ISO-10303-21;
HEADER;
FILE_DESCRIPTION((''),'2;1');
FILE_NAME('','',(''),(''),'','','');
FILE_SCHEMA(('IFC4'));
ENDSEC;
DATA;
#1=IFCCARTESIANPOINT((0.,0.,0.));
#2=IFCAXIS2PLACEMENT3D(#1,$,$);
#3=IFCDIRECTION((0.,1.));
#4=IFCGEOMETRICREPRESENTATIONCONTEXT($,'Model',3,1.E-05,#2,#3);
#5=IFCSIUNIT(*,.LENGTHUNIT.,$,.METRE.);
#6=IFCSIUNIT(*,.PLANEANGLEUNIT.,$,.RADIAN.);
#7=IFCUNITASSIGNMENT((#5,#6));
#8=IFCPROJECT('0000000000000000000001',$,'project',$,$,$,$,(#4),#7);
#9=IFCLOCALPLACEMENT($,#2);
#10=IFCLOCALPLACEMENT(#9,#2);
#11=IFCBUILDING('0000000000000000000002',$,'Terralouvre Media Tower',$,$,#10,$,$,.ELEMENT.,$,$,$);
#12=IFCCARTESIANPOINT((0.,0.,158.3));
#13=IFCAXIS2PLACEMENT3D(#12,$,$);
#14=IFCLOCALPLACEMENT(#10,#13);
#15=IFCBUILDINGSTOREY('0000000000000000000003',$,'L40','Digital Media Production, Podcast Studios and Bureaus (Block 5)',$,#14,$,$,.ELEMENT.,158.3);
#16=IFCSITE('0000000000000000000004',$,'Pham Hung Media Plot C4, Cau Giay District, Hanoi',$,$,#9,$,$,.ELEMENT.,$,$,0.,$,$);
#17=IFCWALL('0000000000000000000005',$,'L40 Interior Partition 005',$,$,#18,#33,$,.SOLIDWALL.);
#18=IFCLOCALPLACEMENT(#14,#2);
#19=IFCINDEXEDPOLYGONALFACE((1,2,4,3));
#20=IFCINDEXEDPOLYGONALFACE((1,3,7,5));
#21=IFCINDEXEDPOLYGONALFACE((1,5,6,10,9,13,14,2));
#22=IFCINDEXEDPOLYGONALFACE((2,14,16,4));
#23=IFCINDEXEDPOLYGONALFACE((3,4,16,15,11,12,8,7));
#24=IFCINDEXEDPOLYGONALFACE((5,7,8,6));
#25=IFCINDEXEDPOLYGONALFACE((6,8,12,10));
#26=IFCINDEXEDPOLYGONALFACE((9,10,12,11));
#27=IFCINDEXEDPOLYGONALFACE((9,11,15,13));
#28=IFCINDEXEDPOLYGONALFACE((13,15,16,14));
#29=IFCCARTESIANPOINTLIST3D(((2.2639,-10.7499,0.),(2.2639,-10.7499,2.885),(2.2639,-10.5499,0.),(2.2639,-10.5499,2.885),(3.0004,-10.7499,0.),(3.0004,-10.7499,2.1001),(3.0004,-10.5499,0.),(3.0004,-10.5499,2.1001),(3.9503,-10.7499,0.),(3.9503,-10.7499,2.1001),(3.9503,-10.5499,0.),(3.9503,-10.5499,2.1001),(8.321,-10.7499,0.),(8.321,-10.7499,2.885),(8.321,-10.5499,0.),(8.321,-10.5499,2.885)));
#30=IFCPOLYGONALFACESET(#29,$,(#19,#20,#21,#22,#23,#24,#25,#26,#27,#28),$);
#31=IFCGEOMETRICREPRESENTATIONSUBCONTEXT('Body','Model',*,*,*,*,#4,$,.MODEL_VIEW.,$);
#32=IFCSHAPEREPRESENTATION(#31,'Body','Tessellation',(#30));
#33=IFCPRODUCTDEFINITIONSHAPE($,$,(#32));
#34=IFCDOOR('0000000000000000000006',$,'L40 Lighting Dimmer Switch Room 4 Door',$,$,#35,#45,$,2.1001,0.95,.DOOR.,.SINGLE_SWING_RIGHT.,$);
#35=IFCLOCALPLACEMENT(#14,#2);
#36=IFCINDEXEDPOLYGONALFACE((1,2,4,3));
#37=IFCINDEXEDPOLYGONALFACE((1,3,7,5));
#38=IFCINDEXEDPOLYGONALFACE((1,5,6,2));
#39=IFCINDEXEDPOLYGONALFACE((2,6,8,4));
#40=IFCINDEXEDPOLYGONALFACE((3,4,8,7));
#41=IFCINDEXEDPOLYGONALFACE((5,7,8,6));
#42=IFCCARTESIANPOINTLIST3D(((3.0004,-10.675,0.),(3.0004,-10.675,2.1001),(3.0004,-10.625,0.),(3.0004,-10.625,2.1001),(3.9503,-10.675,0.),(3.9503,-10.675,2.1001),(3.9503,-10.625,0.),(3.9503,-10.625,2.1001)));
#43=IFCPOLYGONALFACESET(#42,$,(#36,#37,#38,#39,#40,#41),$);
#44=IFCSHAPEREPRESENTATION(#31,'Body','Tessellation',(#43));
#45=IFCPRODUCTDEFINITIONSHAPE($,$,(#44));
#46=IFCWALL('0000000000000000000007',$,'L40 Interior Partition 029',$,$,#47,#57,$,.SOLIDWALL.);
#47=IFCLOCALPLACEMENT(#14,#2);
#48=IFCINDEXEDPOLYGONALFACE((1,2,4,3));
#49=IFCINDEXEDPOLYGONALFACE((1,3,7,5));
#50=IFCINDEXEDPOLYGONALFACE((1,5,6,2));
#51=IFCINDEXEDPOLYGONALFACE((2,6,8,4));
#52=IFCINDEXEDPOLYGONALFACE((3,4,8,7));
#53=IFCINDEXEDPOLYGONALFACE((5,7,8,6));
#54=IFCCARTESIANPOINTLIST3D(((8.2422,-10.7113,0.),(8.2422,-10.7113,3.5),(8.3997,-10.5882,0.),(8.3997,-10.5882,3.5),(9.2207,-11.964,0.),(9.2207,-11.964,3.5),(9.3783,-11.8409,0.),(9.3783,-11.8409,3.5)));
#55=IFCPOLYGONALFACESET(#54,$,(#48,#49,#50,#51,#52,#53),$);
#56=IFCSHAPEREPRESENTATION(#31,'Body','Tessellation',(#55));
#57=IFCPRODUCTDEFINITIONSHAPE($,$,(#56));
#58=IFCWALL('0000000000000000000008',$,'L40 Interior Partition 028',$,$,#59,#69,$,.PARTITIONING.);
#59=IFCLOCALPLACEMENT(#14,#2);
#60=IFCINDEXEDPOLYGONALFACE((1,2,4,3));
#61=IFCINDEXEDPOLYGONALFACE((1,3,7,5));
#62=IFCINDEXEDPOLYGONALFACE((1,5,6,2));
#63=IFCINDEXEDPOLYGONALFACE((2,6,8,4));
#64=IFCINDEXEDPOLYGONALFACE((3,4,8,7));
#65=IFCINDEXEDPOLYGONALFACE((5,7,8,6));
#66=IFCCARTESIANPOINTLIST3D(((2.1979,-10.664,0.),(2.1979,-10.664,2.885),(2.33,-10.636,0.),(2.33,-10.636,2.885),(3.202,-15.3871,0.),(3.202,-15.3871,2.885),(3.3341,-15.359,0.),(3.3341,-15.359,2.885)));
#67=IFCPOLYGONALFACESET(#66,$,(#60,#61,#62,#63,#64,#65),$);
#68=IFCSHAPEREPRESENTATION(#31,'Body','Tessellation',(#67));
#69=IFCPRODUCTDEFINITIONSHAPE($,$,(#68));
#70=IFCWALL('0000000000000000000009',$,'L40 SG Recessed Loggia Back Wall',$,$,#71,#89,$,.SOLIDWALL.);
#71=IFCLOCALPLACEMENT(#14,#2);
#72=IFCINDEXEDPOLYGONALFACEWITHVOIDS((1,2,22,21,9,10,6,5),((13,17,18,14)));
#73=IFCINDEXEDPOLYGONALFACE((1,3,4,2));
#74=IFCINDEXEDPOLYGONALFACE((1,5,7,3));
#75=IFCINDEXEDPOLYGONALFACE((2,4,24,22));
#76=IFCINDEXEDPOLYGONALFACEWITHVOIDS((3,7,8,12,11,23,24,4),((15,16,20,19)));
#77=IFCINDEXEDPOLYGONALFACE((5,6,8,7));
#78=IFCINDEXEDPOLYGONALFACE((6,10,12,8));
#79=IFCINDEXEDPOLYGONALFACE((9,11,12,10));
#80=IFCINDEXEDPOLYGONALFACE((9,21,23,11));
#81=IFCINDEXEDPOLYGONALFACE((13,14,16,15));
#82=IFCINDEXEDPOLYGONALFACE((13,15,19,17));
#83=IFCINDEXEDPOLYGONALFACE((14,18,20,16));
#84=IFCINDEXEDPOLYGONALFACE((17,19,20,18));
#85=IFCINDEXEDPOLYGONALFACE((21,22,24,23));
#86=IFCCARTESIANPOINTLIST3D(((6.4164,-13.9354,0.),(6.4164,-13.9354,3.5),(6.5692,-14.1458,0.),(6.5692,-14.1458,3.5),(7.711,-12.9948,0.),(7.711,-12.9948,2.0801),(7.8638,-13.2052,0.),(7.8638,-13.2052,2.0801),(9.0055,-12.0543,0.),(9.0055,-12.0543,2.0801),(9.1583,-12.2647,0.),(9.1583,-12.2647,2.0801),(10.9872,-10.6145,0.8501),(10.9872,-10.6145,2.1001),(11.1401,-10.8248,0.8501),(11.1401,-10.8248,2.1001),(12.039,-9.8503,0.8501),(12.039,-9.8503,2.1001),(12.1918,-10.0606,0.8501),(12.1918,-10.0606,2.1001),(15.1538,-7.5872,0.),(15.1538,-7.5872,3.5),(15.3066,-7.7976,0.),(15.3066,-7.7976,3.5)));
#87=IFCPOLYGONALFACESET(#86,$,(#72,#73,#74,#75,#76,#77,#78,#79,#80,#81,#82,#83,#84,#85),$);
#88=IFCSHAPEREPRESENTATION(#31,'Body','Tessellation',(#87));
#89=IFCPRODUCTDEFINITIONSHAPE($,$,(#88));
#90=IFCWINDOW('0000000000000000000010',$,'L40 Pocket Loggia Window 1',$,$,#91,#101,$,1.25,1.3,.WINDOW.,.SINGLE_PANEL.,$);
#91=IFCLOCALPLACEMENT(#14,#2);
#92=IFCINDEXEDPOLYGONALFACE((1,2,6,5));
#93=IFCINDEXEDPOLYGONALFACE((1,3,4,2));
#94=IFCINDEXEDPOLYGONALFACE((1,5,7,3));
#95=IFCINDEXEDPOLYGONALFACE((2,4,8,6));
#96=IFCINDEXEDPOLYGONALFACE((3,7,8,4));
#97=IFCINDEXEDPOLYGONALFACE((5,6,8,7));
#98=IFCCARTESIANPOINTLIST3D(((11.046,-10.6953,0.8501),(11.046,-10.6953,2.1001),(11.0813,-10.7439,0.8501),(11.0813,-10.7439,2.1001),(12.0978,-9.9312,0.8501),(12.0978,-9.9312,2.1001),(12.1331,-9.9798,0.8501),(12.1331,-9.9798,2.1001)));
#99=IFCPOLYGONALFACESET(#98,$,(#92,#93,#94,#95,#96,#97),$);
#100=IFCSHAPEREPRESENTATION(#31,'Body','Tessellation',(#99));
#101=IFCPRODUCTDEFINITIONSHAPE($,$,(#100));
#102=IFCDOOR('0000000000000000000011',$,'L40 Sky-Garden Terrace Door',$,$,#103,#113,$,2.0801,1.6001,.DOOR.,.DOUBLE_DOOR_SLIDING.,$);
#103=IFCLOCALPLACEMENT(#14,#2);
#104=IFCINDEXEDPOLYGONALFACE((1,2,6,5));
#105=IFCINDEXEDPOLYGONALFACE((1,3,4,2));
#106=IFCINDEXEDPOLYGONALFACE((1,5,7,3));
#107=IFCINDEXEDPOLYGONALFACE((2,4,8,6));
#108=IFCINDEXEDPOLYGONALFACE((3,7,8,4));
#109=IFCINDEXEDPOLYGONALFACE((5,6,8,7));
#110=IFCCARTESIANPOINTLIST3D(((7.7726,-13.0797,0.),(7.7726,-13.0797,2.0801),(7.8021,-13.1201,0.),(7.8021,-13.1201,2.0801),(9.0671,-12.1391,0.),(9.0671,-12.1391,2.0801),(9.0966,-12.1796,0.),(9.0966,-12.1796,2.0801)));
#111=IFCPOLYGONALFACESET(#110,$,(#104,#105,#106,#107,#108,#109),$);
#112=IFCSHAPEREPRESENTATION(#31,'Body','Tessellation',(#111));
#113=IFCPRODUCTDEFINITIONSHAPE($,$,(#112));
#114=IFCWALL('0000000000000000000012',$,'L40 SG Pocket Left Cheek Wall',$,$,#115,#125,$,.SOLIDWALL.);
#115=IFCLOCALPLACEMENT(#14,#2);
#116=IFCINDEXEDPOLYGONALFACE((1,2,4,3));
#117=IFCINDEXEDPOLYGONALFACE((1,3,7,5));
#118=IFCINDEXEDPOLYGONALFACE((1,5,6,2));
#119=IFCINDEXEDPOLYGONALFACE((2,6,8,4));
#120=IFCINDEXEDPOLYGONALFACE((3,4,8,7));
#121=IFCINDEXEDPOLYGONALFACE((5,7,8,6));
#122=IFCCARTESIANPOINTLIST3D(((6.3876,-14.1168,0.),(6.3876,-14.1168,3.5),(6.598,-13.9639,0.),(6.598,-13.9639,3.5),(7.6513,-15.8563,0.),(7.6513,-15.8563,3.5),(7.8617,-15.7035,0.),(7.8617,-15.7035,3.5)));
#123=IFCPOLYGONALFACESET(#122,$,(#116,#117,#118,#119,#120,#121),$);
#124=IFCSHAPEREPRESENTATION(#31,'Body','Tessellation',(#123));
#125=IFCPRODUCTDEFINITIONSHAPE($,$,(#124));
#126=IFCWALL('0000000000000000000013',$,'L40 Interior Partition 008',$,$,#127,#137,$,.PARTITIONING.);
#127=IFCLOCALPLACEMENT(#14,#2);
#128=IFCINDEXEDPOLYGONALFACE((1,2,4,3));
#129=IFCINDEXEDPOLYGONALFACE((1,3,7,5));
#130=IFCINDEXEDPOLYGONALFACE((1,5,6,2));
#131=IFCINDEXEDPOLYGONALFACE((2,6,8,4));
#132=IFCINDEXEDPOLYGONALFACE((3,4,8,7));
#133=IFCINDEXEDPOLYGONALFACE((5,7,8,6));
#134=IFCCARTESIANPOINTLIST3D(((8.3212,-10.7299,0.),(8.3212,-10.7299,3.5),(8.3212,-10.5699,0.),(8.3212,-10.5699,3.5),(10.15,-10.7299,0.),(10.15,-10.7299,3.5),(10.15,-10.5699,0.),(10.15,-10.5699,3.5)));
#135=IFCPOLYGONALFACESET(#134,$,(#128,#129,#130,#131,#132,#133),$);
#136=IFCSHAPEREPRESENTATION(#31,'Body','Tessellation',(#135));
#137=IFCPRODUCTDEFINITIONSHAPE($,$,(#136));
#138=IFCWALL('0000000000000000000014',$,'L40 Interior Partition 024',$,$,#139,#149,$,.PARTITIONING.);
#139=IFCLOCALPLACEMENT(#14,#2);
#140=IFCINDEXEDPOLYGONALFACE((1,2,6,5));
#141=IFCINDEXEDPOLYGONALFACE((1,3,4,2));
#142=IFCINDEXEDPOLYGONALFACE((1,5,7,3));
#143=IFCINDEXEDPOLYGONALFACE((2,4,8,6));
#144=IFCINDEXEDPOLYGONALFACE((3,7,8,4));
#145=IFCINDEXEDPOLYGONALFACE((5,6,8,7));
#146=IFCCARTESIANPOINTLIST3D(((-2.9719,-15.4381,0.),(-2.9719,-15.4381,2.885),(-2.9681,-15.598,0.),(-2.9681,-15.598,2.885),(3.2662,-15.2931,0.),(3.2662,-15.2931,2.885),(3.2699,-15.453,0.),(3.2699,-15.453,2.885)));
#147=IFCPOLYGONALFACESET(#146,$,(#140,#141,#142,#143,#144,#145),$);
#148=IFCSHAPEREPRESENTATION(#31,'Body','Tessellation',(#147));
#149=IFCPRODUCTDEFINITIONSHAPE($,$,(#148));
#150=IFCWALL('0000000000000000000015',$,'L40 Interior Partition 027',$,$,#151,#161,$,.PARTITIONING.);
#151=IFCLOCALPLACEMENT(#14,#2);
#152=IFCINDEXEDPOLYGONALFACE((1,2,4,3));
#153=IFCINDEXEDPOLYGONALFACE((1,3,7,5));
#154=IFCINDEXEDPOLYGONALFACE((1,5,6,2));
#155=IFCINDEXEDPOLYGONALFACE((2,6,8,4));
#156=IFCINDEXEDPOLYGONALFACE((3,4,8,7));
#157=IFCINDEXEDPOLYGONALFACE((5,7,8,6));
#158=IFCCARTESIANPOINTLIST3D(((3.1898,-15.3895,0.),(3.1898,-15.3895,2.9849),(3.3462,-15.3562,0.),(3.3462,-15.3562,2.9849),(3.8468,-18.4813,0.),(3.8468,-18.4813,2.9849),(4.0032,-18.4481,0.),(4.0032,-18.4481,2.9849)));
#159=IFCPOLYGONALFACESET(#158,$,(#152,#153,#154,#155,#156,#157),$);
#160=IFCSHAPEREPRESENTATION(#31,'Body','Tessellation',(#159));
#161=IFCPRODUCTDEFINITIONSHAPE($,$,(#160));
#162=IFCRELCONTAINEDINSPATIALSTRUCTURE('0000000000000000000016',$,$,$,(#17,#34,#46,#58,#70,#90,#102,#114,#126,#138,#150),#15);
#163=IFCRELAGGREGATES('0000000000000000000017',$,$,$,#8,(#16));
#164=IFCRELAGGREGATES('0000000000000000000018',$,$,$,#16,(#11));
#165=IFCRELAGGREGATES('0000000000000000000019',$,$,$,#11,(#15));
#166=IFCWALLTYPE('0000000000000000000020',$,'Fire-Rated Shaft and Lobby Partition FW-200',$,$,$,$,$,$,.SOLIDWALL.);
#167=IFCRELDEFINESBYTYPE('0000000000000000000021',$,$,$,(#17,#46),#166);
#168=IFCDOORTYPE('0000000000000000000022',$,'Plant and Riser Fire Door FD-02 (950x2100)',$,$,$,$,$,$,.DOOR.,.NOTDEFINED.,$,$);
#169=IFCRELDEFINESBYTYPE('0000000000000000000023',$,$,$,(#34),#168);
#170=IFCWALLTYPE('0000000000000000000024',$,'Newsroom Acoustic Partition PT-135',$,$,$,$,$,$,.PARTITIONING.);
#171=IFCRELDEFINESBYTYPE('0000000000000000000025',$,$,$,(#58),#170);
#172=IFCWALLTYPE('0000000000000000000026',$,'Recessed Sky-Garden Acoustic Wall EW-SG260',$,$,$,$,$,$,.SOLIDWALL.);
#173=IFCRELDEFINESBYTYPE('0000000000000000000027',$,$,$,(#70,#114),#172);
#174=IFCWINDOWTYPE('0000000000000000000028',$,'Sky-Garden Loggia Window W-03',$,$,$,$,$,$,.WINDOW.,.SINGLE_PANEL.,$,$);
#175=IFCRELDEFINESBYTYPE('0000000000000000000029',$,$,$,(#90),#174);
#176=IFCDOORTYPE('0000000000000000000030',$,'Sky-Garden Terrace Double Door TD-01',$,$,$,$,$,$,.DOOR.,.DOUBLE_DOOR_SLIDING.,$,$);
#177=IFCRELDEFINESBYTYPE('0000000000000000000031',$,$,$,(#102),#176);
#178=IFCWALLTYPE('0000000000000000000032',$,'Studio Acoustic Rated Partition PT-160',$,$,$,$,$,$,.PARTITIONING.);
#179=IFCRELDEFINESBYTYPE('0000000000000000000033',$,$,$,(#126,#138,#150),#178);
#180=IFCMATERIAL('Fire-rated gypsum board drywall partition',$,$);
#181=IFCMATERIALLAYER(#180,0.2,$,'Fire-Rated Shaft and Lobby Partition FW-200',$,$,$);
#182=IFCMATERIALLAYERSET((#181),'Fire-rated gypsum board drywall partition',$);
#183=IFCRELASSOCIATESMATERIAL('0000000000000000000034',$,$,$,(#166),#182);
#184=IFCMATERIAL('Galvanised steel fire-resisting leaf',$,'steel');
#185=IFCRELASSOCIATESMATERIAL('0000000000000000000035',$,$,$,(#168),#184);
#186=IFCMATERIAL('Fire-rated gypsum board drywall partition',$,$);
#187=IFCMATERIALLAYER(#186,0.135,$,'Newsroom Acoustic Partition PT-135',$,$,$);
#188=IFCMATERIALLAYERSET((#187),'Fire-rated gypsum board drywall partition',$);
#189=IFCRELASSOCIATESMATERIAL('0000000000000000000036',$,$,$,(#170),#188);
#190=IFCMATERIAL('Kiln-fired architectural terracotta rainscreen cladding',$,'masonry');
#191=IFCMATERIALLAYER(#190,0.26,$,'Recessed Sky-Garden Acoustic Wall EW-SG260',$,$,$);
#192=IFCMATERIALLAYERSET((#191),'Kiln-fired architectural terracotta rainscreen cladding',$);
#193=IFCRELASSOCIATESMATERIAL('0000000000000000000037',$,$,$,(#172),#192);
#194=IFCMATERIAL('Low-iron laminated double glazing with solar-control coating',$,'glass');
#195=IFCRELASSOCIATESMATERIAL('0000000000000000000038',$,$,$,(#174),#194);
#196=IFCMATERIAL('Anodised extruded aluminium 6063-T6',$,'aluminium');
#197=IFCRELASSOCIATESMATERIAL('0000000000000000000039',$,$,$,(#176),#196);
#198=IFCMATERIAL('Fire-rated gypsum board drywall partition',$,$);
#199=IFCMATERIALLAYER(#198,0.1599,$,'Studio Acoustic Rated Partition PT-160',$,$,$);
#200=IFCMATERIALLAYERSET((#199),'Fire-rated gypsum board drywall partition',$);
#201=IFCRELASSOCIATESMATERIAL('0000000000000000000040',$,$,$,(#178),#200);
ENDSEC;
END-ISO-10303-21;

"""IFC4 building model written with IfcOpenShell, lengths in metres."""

from ifc_helpers import new_model, si_unit, direction, frame, frame_2d, origin, place, context, subcontext, project, spatial, rectangle, extrude, material, layer, layer_set, type_object, element, fill, save


model = new_model("IFC4")

# Units and contexts
model_context = context("Model", 3, precision=1e-05, world=origin(), true_north=direction((0.0, 1.0)))
body_context = subcontext(model_context, "Body", "Model", "MODEL_VIEW")
ifc_project = project(units=[si_unit("LENGTHUNIT", "METRE"), si_unit("PLANEANGLEUNIT", "RADIAN")], contexts=[model_context])

# Site, building, storey
site_placement = place(None, origin())
site = spatial("IfcSite", under=ifc_project, at=site_placement, Name="Pham Hung Media Plot C4, Cau Giay District, Hanoi", CompositionType="ELEMENT", RefElevation=0.0)
building_placement = place(site_placement, origin())
building = spatial("IfcBuilding", under=site, at=building_placement, Name="Terralouvre Media Tower", CompositionType="ELEMENT")
storey_placement = place(building_placement, frame((0.0, 0.0, 158.3)))
storey = spatial("IfcBuildingStorey", under=building, at=storey_placement, Name="L40", Description="Digital Media Production, Podcast Studios and Bureaus (Block 5)", CompositionType="ELEMENT", Elevation=158.3)

# Wall, opening, door
ifc_material_1 = material(Name="Fire-rated gypsum board drywall partition")
ifc_layer_1 = layer(ifc_material_1, 0.2, Name="Fire-Rated Shaft and Lobby Partition FW-200")
ifc_layer_set_1 = layer_set([ifc_layer_1], Name="Fire-rated gypsum board drywall partition")
wall_type_1 = type_object("IfcWallType", Name="Fire-Rated Shaft and Lobby Partition FW-200", PredefinedType="SOLIDWALL", material=ifc_layer_set_1)
wall_1_placement = place(storey_placement, frame((2.2639, -10.6499, 0.0), z_axis=(0.0, 0.0, 1.0), x_axis=(1.0, 0.0, 0.0)))
wall_1 = element("IfcWall", 1, at=wall_1_placement, inside=storey, type_object=wall_type_1, Name="L40 Interior Partition 005", PredefinedType="SOLIDWALL", context=body_context, shape_type="SweptSolid", body=[
    extrude(rectangle(XDim=6.0571, YDim=0.2, at=frame_2d((3.0286, 0.0))), origin(), (0.0, 0.0, 1.0), 2.885),
])
opening_1_placement = place(wall_1_placement, frame((0.7363, 0.0, 0.0)))
opening_1 = element("IfcOpeningElement", 2, at=opening_1_placement, cuts=wall_1, PredefinedType="OPENING", context=body_context, shape_type="SweptSolid", body=[
    extrude(rectangle(XDim=0.95, YDim=2.1001, at=frame_2d((0.4751, 1.05))), frame((0.0, 0.1099, 0.0), z_axis=(0.0, -1.0, 0.0), x_axis=(1.0, 0.0, 0.0)), (0.0, 0.0, 1.0), 0.22),
])
ifc_material_2 = material(Name="Galvanised steel fire-resisting leaf", Category="steel")
door_type_1 = type_object("IfcDoorType", Name="Plant and Riser Fire Door FD-02 (950x2100)", OperationType="NOTDEFINED", PredefinedType="DOOR", material=ifc_material_2)
door_1_placement = place(opening_1_placement, origin())
door_1 = element("IfcDoor", 3, at=door_1_placement, inside=storey, type_object=door_type_1, Name="L40 Lighting Dimmer Switch Room 4 Door", OperationType="SINGLE_SWING_RIGHT", OverallHeight=2.1001, OverallWidth=0.95, PredefinedType="DOOR", context=body_context, shape_type="SweptSolid", body=[
    extrude(rectangle(XDim=0.95, YDim=2.1001, at=frame_2d((0.4751, 1.05))), frame((0.0, 0.0249, 0.0), z_axis=(0.0, -1.0, 0.0), x_axis=(1.0, 0.0, 0.0)), (0.0, 0.0, 1.0), 0.05),
])
fill(opening_1, door_1)

# Walls
wall_2_placement = place(storey_placement, frame((9.2996, -11.9026, 0.0), z_axis=(0.0, 0.0, 1.0), x_axis=(-0.615587, 0.788069, 0.0)))
element("IfcWall", 4, at=wall_2_placement, inside=storey, type_object=wall_type_1, Name="L40 Interior Partition 029", PredefinedType="SOLIDWALL", context=body_context, shape_type="SweptSolid", body=[
    extrude(rectangle(XDim=1.5896, YDim=0.2, at=frame_2d((0.7949, 0.0))), origin(), (0.0, 0.0, 1.0), 3.5),
])
ifc_material_3 = material(Name="Fire-rated gypsum board drywall partition")
ifc_layer_2 = layer(ifc_material_3, 0.135, Name="Newsroom Acoustic Partition PT-135")
ifc_layer_set_2 = layer_set([ifc_layer_2], Name="Fire-rated gypsum board drywall partition")
wall_type_2 = type_object("IfcWallType", Name="Newsroom Acoustic Partition PT-135", PredefinedType="PARTITIONING", material=ifc_layer_set_2)
wall_3_placement = place(storey_placement, frame((3.2681, -15.373, 0.0), z_axis=(0.0, 0.0, 1.0), x_axis=(-0.207954, 0.978139, 0.0)))
element("IfcWall", 5, at=wall_3_placement, inside=storey, type_object=wall_type_2, Name="L40 Interior Partition 028", PredefinedType="PARTITIONING", context=body_context, shape_type="SweptSolid", body=[
    extrude(rectangle(XDim=4.8286, YDim=0.135, at=frame_2d((2.4143, 0.0))), origin(), (0.0, 0.0, 1.0), 2.885),
])

# Wall, openings, window, door
ifc_material_4 = material(Name="Kiln-fired architectural terracotta rainscreen cladding", Category="masonry")
ifc_layer_3 = layer(ifc_material_4, 0.26, Name="Recessed Sky-Garden Acoustic Wall EW-SG260")
ifc_layer_set_3 = layer_set([ifc_layer_3], Name="Kiln-fired architectural terracotta rainscreen cladding")
wall_type_3 = type_object("IfcWallType", Name="Recessed Sky-Garden Acoustic Wall EW-SG260", PredefinedType="SOLIDWALL", material=ifc_layer_set_3)
wall_4_placement = place(storey_placement, frame((6.4929, -14.0405, 0.0), z_axis=(0.0, 0.0, 1.0), x_axis=(0.809012, 0.587793, 0.0)))
wall_4 = element("IfcWall", 6, at=wall_4_placement, inside=storey, type_object=wall_type_3, Name="L40 SG Recessed Loggia Back Wall", PredefinedType="SOLIDWALL", context=body_context, shape_type="SweptSolid", body=[
    extrude(rectangle(XDim=10.8, YDim=0.26, at=frame_2d((5.3999, 0.0))), origin(), (0.0, 0.0, 1.0), 3.5),
])
opening_2_placement = place(wall_4_placement, frame((1.6001, 0.0, 0.0)))
opening_2 = element("IfcOpeningElement", 7, at=opening_2_placement, cuts=wall_4, PredefinedType="OPENING", context=body_context, shape_type="SweptSolid", body=[
    extrude(rectangle(XDim=1.6001, YDim=2.0801, at=frame_2d((0.8, 1.04))), frame((0.0, 0.1399, 0.0), z_axis=(0.0, -1.0, 0.0), x_axis=(1.0, 0.0, 0.0)), (0.0, 0.0, 1.0), 0.28),
])
opening_3_placement = place(wall_4_placement, frame((5.6499, 0.0, 0.8501)))
opening_3 = element("IfcOpeningElement", 8, at=opening_3_placement, cuts=wall_4, PredefinedType="OPENING", context=body_context, shape_type="SweptSolid", body=[
    extrude(rectangle(XDim=1.3, YDim=1.25, at=frame_2d((0.6499, 0.625))), frame((0.0, 0.1399, 0.0), z_axis=(0.0, -1.0, 0.0), x_axis=(1.0, 0.0, 0.0)), (0.0, 0.0, 1.0), 0.28),
])
ifc_material_5 = material(Name="Low-iron laminated double glazing with solar-control coating", Category="glass")
window_type = type_object("IfcWindowType", Name="Sky-Garden Loggia Window W-03", PartitioningType="SINGLE_PANEL", PredefinedType="WINDOW", material=ifc_material_5)
window_placement = place(opening_3_placement, origin())
window = element("IfcWindow", 9, at=window_placement, inside=storey, type_object=window_type, Name="L40 Pocket Loggia Window 1", OverallHeight=1.25, OverallWidth=1.3, PartitioningType="SINGLE_PANEL", PredefinedType="WINDOW", context=body_context, shape_type="SweptSolid", body=[
    extrude(rectangle(XDim=1.3, YDim=1.25, at=frame_2d((0.6499, 0.625))), frame((0.0, 0.03, 0.0), z_axis=(0.0, -1.0, 0.0), x_axis=(1.0, 0.0, 0.0)), (0.0, 0.0, 1.0), 0.0601),
])
fill(opening_3, window)
ifc_material_6 = material(Name="Anodised extruded aluminium 6063-T6", Category="aluminium")
door_type_2 = type_object("IfcDoorType", Name="Sky-Garden Terrace Double Door TD-01", OperationType="DOUBLE_DOOR_SLIDING", PredefinedType="DOOR", material=ifc_material_6)
door_2_placement = place(opening_2_placement, frame((1.6001, 0.0, 0.0), z_axis=(0.0, 0.0, 1.0), x_axis=(-1.0, 0.0, 0.0)))
door_2 = element("IfcDoor", 10, at=door_2_placement, inside=storey, type_object=door_type_2, Name="L40 Sky-Garden Terrace Door", OperationType="DOUBLE_DOOR_SLIDING", OverallHeight=2.0801, OverallWidth=1.6001, PredefinedType="DOOR", context=body_context, shape_type="SweptSolid", body=[
    extrude(rectangle(XDim=1.6001, YDim=2.0801, at=frame_2d((0.8, 1.04))), frame((0.0, 0.0249, 0.0), z_axis=(0.0, -1.0, 0.0), x_axis=(1.0, 0.0, 0.0)), (0.0, 0.0, 1.0), 0.05),
])
fill(opening_2, door_2)

# Walls
wall_5_placement = place(storey_placement, frame((7.7566, -15.78, 0.0), z_axis=(0.0, 0.0, 1.0), x_axis=(-0.58774, 0.80905, 0.0)))
element("IfcWall", 11, at=wall_5_placement, inside=storey, type_object=wall_type_3, Name="L40 SG Pocket Left Cheek Wall", PredefinedType="SOLIDWALL", context=body_context, shape_type="SweptSolid", body=[
    extrude(rectangle(XDim=2.1501, YDim=0.26, at=frame_2d((1.0752, 0.0))), origin(), (0.0, 0.0, 1.0), 3.5),
])
ifc_material_7 = material(Name="Fire-rated gypsum board drywall partition")
ifc_layer_4 = layer(ifc_material_7, 0.1599, Name="Studio Acoustic Rated Partition PT-160")
ifc_layer_set_4 = layer_set([ifc_layer_4], Name="Fire-rated gypsum board drywall partition")
wall_type_4 = type_object("IfcWallType", Name="Studio Acoustic Rated Partition PT-160", PredefinedType="PARTITIONING", material=ifc_layer_set_4)
wall_6_placement = place(storey_placement, frame((8.321, -10.6499, 0.0), z_axis=(0.0, 0.0, 1.0), x_axis=(1.0, 0.0, 0.0)))
element("IfcWall", 12, at=wall_6_placement, inside=storey, type_object=wall_type_4, Name="L40 Interior Partition 008", PredefinedType="PARTITIONING", context=body_context, shape_type="SweptSolid", body=[
    extrude(rectangle(XDim=1.8289, YDim=0.1599, at=frame_2d((0.9146, 0.0))), origin(), (0.0, 0.0, 1.0), 3.5),
])
wall_7_placement = place(storey_placement, frame((3.2681, -15.373, 0.0), z_axis=(0.0, 0.0, 1.0), x_axis=(-0.99973, -0.023241, 0.0)))
element("IfcWall", 13, at=wall_7_placement, inside=storey, type_object=wall_type_4, Name="L40 Interior Partition 024", PredefinedType="PARTITIONING", context=body_context, shape_type="SweptSolid", body=[
    extrude(rectangle(XDim=6.2397, YDim=0.1599, at=frame_2d((3.1199, 0.0))), origin(), (0.0, 0.0, 1.0), 2.885),
])
wall_8_placement = place(storey_placement, frame((3.925, -18.4648, 0.0), z_axis=(0.0, 0.0, 1.0), x_axis=(-0.207851, 0.97816, 0.0)))
element("IfcWall", 14, at=wall_8_placement, inside=storey, type_object=wall_type_4, Name="L40 Interior Partition 027", PredefinedType="PARTITIONING", context=body_context, shape_type="SweptSolid", body=[
    extrude(rectangle(XDim=3.1609, YDim=0.1599, at=frame_2d((1.5806, 0.0))), origin(), (0.0, 0.0, 1.0), 2.9849),
])

save(model, "model.ifc")
